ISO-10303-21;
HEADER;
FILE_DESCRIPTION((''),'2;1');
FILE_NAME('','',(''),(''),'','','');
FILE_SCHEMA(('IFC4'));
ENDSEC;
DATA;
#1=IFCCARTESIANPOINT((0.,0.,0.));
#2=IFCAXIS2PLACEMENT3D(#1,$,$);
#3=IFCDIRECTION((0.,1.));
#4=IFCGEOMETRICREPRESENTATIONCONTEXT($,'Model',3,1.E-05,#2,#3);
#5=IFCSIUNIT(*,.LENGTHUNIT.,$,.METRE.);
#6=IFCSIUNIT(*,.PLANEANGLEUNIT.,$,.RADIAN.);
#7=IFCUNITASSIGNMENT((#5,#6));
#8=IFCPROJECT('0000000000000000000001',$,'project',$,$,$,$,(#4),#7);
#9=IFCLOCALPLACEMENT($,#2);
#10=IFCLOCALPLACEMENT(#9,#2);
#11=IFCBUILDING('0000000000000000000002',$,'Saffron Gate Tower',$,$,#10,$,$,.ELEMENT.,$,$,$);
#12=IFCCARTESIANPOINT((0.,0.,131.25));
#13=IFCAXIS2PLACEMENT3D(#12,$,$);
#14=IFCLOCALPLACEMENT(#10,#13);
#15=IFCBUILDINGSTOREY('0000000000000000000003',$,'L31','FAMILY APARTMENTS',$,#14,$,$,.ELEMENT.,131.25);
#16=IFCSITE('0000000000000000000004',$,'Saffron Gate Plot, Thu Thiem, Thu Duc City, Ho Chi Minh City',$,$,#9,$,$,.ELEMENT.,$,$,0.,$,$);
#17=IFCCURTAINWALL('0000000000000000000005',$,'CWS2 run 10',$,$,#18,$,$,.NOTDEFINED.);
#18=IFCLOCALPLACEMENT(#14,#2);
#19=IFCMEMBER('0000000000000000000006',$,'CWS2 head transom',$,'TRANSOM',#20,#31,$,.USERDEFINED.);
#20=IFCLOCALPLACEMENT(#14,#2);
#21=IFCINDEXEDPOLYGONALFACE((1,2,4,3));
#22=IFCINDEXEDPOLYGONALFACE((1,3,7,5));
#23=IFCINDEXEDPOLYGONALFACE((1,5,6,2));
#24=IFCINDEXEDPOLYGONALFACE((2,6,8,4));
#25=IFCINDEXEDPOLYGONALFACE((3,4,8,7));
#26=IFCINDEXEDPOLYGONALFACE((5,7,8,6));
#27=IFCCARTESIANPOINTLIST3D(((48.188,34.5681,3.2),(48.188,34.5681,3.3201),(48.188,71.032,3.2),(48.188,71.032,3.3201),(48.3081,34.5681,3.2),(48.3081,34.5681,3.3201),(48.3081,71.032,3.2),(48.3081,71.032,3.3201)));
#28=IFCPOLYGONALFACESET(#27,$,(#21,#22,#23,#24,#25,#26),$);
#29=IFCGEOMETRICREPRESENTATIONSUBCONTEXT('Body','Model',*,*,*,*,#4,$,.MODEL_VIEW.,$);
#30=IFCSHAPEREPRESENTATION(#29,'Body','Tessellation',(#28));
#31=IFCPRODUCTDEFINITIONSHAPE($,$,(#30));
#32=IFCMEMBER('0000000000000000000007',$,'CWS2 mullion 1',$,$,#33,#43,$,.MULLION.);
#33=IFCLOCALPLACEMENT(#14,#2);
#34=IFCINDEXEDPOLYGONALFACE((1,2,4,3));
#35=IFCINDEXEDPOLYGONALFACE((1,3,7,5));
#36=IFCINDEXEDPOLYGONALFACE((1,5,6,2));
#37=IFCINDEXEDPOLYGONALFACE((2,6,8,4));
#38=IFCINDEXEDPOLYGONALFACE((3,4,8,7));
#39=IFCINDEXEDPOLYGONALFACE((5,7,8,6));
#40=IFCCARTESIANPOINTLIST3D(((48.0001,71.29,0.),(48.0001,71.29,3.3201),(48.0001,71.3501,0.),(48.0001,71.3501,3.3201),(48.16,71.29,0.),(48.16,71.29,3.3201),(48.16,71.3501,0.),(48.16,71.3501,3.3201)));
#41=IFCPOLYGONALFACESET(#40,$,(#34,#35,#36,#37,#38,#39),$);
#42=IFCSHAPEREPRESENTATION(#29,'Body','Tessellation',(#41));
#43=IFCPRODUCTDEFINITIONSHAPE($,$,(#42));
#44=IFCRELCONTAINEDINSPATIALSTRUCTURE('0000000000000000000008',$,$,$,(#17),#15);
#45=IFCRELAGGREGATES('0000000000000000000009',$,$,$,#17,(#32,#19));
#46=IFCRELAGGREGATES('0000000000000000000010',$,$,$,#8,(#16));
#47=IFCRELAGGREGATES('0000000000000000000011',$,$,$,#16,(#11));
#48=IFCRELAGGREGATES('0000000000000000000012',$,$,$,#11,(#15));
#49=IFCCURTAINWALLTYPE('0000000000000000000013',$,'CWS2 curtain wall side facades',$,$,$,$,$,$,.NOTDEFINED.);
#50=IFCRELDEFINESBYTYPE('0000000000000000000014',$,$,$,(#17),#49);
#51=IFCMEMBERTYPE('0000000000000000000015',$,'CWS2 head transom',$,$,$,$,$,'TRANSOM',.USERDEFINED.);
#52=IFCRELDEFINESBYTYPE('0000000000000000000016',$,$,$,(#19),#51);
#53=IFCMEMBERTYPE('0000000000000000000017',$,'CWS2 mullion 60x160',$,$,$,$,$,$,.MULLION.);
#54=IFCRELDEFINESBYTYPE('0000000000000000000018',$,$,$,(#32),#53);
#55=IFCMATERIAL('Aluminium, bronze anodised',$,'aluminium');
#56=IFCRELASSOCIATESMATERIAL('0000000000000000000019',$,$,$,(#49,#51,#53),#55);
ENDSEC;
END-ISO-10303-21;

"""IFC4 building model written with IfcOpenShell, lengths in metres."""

from ifc_helpers import new_model, si_unit, direction, frame, origin, origin_2d, place, context, subcontext, project, spatial, rectangle, extrude, material, material_profile, profile_set, type_object, element, aggregate, save


model = new_model("IFC4")

# Units and contexts
model_context = context("Model", 3, precision=1e-05, world=origin(), true_north=direction((0.0, 1.0)))
body_context = subcontext(model_context, "Body", "Model", "MODEL_VIEW")
ifc_project = project(units=[si_unit("LENGTHUNIT", "METRE"), si_unit("PLANEANGLEUNIT", "RADIAN")], contexts=[model_context])

# Site, building, storey
site_placement = place(None, origin())
site = spatial("IfcSite", under=ifc_project, at=site_placement, Name="Saffron Gate Plot, Thu Thiem, Thu Duc City, Ho Chi Minh City", CompositionType="ELEMENT", RefElevation=0.0)
building_placement = place(site_placement, origin())
building = spatial("IfcBuilding", under=site, at=building_placement, Name="Saffron Gate Tower", CompositionType="ELEMENT")
storey_placement = place(building_placement, frame((0.0, 0.0, 131.25)))
storey = spatial("IfcBuildingStorey", under=building, at=storey_placement, Name="L31", Description="FAMILY APARTMENTS", CompositionType="ELEMENT", Elevation=131.25)

# Curtain wall, members
ifc_material_1 = material(Name="Aluminium, bronze anodised", Category="aluminium")
curtain_wall_type = type_object("IfcCurtainWallType", Name="CWS2 curtain wall side facades", PredefinedType="NOTDEFINED", material=ifc_material_1)
curtain_wall_placement = place(storey_placement, origin())
curtain_wall = element("IfcCurtainWall", 1, at=curtain_wall_placement, inside=storey, type_object=curtain_wall_type, Name="CWS2 run 10", PredefinedType="NOTDEFINED")
ifc_material_profile_1 = material_profile(ifc_material_1, rectangle(XDim=0.1201, YDim=0.1201, at=origin_2d()))
ifc_profile_set_1 = profile_set([ifc_material_profile_1], Name="Aluminium, bronze anodised")
member_type_1 = type_object("IfcMemberType", Name="CWS2 head transom", ElementType="TRANSOM", PredefinedType="USERDEFINED", material=ifc_profile_set_1)
member_1_placement = place(storey_placement, frame((48.248, 71.032, 3.26), z_axis=(0.0, -1.0, 0.0), x_axis=(1.0, 0.0, 0.0)))
member_1 = element("IfcMember", 2, at=member_1_placement, type_object=member_type_1, Name="CWS2 head transom", ObjectType="TRANSOM", PredefinedType="USERDEFINED", context=body_context, shape_type="SweptSolid", body=[
    extrude(rectangle(XDim=0.1201, YDim=0.1201, at=origin_2d()), origin(), (0.0, 0.0, 1.0), 36.4639),
])
ifc_material_profile_2 = material_profile(ifc_material_1, rectangle(XDim=0.1599, YDim=0.0601, at=origin_2d()))
ifc_profile_set_2 = profile_set([ifc_material_profile_2], Name="Aluminium, bronze anodised")
member_type_2 = type_object("IfcMemberType", Name="CWS2 mullion 60x160", PredefinedType="MULLION", material=ifc_profile_set_2)
member_2_placement = place(storey_placement, frame((48.0801, 71.3201, 0.0), z_axis=(0.0, 0.0, 1.0), x_axis=(1.0, 0.0, 0.0)))
member_2 = element("IfcMember", 3, at=member_2_placement, type_object=member_type_2, Name="CWS2 mullion 1", PredefinedType="MULLION", context=body_context, shape_type="SweptSolid", body=[
    extrude(rectangle(XDim=0.1599, YDim=0.0601, at=origin_2d()), origin(), (0.0, 0.0, 1.0), 3.3201),
])
aggregate(curtain_wall, [member_2, member_1])

save(model, "model.ifc")
